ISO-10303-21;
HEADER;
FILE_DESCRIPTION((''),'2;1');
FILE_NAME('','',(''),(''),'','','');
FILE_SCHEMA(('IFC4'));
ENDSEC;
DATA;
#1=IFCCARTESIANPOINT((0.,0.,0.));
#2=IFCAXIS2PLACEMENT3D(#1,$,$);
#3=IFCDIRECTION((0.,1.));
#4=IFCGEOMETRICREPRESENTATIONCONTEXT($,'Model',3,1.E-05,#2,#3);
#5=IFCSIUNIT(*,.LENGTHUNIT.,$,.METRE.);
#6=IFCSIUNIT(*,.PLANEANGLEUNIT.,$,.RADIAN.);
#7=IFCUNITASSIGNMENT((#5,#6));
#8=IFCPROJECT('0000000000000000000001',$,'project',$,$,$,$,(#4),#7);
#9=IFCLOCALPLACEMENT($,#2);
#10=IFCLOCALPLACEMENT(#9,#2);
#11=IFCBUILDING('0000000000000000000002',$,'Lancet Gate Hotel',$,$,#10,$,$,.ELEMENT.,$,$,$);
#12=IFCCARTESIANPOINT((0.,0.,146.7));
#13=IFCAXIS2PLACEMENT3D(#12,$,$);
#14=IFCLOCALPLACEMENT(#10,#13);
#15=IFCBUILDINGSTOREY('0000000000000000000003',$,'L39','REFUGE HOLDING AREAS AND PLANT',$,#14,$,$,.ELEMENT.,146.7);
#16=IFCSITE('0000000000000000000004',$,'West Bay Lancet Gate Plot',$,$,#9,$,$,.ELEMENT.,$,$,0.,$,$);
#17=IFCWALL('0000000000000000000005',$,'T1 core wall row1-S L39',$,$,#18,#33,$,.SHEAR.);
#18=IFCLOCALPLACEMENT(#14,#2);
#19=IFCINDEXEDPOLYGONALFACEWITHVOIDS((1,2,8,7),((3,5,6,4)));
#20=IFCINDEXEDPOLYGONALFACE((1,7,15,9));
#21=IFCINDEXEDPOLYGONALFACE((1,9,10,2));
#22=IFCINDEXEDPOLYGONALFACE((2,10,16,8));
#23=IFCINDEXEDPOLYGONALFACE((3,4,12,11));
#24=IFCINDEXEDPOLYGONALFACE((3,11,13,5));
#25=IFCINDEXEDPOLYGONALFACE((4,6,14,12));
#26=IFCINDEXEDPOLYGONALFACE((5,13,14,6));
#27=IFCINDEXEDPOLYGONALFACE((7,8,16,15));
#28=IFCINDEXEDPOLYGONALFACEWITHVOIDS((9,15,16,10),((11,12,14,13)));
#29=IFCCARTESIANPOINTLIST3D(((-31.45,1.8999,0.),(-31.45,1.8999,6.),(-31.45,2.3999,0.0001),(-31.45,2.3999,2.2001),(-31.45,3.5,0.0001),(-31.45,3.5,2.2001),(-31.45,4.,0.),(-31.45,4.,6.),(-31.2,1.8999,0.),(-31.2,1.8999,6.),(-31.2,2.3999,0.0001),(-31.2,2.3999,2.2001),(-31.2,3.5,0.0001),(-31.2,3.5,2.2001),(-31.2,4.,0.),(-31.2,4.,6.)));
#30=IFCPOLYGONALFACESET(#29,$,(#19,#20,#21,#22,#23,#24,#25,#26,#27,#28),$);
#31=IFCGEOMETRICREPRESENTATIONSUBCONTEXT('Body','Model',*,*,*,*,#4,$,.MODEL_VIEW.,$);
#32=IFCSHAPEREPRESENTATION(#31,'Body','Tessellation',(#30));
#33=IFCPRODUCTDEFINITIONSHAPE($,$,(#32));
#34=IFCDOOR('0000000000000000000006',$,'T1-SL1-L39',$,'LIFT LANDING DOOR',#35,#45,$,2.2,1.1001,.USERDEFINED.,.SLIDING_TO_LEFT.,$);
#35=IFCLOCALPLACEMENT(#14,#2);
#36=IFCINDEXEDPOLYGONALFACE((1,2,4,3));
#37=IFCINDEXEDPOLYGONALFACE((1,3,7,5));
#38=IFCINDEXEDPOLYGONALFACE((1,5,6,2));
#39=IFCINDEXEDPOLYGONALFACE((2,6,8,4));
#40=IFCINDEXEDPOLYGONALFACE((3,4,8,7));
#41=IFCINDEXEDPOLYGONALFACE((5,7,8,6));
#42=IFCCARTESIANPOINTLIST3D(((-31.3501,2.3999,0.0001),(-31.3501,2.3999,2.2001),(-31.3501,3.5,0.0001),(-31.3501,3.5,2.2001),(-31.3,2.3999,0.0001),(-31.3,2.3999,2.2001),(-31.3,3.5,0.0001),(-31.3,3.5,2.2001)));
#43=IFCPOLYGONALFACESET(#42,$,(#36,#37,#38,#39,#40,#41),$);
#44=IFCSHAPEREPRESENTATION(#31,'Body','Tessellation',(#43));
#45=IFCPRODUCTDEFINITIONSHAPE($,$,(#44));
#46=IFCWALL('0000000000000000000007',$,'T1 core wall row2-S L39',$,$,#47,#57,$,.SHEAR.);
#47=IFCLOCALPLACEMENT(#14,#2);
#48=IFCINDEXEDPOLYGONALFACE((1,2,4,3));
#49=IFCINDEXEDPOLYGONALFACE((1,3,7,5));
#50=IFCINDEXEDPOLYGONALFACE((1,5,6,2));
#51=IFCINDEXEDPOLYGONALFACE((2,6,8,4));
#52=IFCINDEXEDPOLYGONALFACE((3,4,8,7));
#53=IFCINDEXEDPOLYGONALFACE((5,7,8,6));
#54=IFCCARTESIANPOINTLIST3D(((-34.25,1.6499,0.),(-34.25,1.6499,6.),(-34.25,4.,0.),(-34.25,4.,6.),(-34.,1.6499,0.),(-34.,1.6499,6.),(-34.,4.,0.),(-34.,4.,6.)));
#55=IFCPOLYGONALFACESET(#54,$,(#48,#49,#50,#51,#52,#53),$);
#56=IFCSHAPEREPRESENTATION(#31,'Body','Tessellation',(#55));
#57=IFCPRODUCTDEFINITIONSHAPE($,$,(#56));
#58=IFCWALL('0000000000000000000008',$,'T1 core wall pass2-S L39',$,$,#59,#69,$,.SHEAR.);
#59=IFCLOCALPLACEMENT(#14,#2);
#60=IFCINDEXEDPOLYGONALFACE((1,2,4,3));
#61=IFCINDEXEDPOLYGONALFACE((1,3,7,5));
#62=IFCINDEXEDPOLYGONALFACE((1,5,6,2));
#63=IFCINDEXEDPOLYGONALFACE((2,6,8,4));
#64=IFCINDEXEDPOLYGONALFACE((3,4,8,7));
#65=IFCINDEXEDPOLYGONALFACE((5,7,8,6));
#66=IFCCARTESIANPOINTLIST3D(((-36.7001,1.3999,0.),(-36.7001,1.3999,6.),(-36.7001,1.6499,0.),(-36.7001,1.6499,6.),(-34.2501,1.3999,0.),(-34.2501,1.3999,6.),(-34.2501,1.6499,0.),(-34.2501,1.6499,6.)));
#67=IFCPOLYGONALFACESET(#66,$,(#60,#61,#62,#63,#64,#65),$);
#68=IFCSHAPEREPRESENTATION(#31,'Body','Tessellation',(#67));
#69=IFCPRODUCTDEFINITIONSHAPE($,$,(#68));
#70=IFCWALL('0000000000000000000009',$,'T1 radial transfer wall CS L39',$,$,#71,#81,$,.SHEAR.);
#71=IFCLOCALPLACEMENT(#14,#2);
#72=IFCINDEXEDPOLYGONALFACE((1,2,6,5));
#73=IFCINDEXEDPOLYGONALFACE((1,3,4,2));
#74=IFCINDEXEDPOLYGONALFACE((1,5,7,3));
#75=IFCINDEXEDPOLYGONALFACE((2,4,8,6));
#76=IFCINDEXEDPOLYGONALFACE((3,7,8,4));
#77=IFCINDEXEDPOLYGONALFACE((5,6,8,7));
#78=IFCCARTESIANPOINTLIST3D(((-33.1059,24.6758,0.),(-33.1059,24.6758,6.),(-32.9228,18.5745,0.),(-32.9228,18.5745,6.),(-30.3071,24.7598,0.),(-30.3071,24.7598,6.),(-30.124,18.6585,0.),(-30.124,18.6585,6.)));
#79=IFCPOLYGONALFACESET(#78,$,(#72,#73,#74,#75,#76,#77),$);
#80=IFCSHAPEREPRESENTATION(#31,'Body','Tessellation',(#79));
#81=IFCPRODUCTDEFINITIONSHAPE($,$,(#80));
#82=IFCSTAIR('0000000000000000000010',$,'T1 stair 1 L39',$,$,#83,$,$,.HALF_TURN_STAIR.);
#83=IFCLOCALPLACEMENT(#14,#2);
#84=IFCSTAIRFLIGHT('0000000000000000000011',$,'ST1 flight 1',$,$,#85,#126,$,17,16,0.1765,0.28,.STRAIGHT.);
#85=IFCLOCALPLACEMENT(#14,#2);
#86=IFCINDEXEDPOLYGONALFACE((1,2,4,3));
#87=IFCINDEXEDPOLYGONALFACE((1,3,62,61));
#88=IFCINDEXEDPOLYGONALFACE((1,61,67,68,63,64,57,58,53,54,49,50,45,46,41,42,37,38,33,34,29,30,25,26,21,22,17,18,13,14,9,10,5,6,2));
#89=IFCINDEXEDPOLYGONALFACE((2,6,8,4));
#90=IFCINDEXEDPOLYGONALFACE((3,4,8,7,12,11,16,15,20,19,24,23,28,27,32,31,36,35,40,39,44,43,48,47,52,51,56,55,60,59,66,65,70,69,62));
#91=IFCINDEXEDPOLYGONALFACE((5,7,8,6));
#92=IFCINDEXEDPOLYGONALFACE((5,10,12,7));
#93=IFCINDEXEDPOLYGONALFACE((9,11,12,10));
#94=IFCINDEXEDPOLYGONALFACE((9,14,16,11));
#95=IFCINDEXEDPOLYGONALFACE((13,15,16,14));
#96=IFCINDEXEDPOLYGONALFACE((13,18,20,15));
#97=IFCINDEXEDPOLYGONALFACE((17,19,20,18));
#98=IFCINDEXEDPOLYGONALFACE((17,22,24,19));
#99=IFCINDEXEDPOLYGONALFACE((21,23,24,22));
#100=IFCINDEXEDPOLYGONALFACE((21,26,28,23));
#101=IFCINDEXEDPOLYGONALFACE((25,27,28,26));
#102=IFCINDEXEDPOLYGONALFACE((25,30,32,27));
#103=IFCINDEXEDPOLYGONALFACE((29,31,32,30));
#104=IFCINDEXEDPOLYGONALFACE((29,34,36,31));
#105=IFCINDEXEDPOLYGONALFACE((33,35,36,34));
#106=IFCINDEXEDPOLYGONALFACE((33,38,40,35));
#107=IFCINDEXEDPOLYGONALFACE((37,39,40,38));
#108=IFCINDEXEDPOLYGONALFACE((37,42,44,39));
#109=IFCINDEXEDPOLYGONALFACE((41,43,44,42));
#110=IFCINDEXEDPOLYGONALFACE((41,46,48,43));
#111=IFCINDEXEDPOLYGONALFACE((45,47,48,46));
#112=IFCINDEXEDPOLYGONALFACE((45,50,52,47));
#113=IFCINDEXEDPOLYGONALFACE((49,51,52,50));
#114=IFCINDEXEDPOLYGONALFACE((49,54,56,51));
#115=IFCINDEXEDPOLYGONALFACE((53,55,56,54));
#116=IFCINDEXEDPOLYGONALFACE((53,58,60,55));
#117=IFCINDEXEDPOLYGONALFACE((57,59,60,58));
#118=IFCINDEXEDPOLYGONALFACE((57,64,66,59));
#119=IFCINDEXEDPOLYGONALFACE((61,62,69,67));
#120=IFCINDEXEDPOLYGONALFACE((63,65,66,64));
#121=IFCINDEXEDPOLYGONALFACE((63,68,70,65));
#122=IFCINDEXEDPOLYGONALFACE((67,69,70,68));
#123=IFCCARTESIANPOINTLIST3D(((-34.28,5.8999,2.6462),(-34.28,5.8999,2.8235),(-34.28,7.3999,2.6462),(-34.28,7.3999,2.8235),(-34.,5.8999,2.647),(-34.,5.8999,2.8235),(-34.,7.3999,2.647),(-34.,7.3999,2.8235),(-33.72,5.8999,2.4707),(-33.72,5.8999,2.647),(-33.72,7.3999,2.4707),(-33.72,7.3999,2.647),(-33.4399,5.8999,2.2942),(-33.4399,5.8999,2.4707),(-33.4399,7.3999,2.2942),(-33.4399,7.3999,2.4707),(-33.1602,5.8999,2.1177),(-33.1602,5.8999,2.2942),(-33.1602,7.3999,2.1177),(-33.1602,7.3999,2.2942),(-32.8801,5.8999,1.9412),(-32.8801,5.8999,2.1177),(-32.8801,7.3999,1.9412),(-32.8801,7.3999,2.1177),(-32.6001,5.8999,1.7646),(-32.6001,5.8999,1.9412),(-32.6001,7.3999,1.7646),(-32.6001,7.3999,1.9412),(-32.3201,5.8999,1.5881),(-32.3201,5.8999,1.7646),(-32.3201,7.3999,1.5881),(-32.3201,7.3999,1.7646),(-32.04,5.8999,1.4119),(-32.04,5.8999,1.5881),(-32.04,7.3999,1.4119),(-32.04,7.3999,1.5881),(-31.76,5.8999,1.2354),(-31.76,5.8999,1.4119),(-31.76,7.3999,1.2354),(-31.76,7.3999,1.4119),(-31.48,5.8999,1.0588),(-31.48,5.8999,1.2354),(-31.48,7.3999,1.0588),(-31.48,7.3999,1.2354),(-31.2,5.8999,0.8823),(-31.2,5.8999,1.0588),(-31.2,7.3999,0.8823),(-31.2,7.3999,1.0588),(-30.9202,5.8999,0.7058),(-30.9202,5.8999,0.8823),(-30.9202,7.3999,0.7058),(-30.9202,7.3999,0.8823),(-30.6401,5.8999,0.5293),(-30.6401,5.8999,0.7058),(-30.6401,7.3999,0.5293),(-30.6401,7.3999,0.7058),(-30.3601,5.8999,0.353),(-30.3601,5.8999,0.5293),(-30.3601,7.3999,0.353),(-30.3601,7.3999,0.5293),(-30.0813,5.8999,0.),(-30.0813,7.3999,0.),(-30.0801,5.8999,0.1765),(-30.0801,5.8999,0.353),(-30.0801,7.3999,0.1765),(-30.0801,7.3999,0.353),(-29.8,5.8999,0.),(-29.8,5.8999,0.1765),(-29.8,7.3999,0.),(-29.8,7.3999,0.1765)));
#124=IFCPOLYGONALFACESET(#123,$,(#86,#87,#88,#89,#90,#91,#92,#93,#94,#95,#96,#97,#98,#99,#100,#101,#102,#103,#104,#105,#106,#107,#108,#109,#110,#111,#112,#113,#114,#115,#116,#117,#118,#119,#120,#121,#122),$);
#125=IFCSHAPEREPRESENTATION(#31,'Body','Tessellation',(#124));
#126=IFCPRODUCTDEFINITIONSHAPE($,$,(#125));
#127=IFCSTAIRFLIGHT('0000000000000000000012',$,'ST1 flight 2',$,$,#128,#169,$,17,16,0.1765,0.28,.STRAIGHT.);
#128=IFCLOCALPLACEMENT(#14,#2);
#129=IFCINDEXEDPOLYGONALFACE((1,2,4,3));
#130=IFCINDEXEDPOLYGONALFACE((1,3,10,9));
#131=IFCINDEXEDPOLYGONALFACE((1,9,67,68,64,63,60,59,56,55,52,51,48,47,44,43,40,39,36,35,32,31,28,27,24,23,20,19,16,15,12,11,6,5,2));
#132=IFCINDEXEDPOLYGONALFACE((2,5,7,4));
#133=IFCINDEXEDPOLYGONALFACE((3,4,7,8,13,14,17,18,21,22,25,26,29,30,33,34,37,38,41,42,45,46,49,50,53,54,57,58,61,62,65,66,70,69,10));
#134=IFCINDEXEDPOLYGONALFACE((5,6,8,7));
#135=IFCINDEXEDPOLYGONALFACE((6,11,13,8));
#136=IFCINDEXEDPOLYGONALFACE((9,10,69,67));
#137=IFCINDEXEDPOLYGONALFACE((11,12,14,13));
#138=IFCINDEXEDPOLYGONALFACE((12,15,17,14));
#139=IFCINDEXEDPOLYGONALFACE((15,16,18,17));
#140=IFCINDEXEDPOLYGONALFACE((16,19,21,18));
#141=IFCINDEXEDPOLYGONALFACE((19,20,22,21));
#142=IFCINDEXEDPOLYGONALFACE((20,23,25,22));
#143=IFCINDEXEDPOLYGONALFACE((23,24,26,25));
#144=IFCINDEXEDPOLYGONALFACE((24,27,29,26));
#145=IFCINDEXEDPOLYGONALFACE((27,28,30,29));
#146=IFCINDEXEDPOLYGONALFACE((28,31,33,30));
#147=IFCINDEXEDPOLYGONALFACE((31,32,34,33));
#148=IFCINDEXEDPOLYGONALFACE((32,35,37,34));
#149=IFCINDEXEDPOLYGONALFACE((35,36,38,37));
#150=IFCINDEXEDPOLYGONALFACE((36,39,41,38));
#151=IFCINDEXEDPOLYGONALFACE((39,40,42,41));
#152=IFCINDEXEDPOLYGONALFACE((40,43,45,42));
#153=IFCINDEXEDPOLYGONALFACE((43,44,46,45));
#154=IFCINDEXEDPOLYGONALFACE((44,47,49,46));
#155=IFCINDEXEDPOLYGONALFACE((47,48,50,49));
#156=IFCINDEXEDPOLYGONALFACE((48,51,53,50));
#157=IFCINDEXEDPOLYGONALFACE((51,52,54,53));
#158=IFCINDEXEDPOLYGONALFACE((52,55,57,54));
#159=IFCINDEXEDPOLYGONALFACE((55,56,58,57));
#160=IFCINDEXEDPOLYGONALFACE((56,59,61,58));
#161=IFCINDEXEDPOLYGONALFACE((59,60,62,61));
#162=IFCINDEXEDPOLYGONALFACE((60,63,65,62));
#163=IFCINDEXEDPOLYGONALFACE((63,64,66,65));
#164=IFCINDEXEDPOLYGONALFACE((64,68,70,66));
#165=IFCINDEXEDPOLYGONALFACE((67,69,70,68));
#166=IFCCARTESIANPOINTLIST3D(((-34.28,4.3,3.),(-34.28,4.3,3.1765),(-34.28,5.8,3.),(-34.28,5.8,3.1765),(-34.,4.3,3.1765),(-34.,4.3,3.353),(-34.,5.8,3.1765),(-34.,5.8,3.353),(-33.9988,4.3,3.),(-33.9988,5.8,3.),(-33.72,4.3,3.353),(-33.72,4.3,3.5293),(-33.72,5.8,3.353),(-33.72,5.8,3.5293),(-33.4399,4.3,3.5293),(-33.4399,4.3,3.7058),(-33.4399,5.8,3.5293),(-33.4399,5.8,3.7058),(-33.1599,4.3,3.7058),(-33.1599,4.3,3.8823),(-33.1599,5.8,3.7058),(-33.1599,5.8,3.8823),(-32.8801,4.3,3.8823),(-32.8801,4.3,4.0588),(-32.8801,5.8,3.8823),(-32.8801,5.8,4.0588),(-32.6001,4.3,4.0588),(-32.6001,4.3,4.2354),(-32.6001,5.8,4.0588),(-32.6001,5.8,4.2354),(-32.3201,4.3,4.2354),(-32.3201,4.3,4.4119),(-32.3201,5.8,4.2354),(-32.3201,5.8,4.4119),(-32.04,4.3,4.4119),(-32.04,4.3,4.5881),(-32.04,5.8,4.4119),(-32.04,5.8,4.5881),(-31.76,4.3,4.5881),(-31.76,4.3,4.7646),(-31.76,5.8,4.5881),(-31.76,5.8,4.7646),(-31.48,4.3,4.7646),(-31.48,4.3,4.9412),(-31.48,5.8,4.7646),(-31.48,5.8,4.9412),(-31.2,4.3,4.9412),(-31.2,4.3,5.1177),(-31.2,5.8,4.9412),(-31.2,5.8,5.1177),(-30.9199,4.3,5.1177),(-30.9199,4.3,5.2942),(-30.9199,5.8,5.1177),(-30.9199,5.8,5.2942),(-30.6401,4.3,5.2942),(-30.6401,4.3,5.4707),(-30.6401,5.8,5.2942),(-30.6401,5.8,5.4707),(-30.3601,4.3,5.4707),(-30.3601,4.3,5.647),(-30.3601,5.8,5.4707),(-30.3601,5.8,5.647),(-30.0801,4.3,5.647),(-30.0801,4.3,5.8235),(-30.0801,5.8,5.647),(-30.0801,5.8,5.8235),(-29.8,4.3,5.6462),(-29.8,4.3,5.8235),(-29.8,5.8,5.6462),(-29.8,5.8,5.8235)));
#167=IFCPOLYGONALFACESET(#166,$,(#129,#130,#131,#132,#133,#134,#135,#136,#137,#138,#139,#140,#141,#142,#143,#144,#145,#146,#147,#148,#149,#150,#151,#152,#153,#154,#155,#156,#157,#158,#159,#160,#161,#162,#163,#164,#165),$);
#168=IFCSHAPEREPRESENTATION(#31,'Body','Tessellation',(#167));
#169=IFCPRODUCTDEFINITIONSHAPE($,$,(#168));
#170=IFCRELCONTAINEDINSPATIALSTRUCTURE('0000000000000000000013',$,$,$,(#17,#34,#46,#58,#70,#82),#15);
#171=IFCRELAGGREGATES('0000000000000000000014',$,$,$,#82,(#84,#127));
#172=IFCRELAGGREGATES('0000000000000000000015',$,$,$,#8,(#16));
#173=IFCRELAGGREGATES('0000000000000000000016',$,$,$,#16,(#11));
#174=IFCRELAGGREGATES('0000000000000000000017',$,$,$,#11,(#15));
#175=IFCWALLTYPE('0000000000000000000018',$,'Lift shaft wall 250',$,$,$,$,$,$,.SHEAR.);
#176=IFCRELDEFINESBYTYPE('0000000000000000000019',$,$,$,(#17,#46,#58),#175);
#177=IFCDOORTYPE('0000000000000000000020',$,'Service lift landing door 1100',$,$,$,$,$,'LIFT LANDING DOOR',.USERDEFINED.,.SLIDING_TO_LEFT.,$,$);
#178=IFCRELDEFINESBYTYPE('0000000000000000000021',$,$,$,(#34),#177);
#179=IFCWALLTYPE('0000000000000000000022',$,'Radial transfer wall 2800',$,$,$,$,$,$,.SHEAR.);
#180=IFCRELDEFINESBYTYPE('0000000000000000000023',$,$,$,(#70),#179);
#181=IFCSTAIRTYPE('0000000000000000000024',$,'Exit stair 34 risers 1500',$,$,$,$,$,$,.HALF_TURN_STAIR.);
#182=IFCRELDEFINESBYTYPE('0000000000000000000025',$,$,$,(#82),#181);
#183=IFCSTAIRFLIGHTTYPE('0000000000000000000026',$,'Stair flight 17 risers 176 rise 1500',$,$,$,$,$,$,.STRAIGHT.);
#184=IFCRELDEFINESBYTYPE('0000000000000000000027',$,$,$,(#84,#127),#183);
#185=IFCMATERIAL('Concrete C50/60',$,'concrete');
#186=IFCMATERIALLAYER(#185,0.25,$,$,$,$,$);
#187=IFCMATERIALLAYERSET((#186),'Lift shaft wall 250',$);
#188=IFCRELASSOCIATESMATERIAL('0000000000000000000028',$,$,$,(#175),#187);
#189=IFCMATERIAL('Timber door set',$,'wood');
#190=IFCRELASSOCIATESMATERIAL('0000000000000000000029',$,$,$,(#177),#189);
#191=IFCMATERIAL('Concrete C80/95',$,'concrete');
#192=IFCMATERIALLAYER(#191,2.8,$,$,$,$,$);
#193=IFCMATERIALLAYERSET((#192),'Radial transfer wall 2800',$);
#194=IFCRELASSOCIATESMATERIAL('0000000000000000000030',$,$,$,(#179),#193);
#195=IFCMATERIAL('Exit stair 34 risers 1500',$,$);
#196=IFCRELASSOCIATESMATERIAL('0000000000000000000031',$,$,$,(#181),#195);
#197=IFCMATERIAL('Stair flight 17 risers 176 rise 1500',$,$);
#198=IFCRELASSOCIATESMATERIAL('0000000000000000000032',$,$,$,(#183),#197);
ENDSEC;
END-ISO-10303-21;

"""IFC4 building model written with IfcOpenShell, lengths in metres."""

from ifc_helpers import new_model, si_unit, direction, frame, frame_2d, origin, place, context, subcontext, project, spatial, polyline, rectangle, outline, extrude, material, layer, layer_set, type_object, element, fill, aggregate, save


model = new_model("IFC4")

# Units and contexts
model_context = context("Model", 3, precision=1e-05, world=origin(), true_north=direction((0.0, 1.0)))
body_context = subcontext(model_context, "Body", "Model", "MODEL_VIEW")
ifc_project = project(units=[si_unit("LENGTHUNIT", "METRE"), si_unit("PLANEANGLEUNIT", "RADIAN")], contexts=[model_context])

# Site, building, storey
site_placement = place(None, origin())
site = spatial("IfcSite", under=ifc_project, at=site_placement, Name="West Bay Lancet Gate Plot", CompositionType="ELEMENT", RefElevation=0.0)
building_placement = place(site_placement, origin())
building = spatial("IfcBuilding", under=site, at=building_placement, Name="Lancet Gate Hotel", CompositionType="ELEMENT")
storey_placement = place(building_placement, frame((0.0, 0.0, 146.7)))
storey = spatial("IfcBuildingStorey", under=building, at=storey_placement, Name="L39", Description="REFUGE HOLDING AREAS AND PLANT", CompositionType="ELEMENT", Elevation=146.7)

# Wall, opening, door
ifc_material_1 = material(Name="Concrete C50/60", Category="concrete")
ifc_layer_1 = layer(ifc_material_1, 0.25)
ifc_layer_set_1 = layer_set([ifc_layer_1], Name="Lift shaft wall 250")
wall_type_1 = type_object("IfcWallType", Name="Lift shaft wall 250", PredefinedType="SHEAR", material=ifc_layer_set_1)
wall_1_placement = place(storey_placement, frame((-31.325, 4.0, 0.0), z_axis=(0.0, 0.0, 1.0), x_axis=(0.0, -1.0, 0.0)))
wall_1 = element("IfcWall", 1, at=wall_1_placement, inside=storey, type_object=wall_type_1, Name="T1 core wall row1-S L39", PredefinedType="SHEAR", context=body_context, shape_type="SweptSolid", body=[
    extrude(rectangle(XDim=2.1001, YDim=0.25, at=frame_2d((1.05, 0.0))), origin(), (0.0, 0.0, 1.0), 6.0),
])
opening_1_placement = place(wall_1_placement, frame((0.5, 0.0, 0.0)))
opening_1 = element("IfcOpeningElement", 2, at=opening_1_placement, cuts=wall_1, PredefinedType="OPENING", context=body_context, shape_type="SweptSolid", body=[
    extrude(rectangle(XDim=1.1001, YDim=2.2, at=frame_2d((0.55, 1.1001))), frame((0.0, 0.135, 0.0), z_axis=(0.0, -1.0, 0.0), x_axis=(1.0, 0.0, 0.0)), (0.0, 0.0, 1.0), 0.27),
])
ifc_material_2 = material(Name="Timber door set", Category="wood")
door_type_1 = type_object("IfcDoorType", Name="Service lift landing door 1100", ElementType="LIFT LANDING DOOR", OperationType="SLIDING_TO_LEFT", PredefinedType="USERDEFINED", material=ifc_material_2)
door_1_placement = place(opening_1_placement, origin())
door_1 = element("IfcDoor", 3, at=door_1_placement, inside=storey, type_object=door_type_1, Name="T1-SL1-L39", ObjectType="LIFT LANDING DOOR", OperationType="SLIDING_TO_LEFT", OverallHeight=2.2, OverallWidth=1.1001, PredefinedType="USERDEFINED", context=body_context, shape_type="SweptSolid", body=[
    extrude(rectangle(XDim=1.1001, YDim=2.2, at=frame_2d((0.55, 1.1001))), frame((0.0, 0.0249, 0.0), z_axis=(0.0, -1.0, 0.0), x_axis=(1.0, 0.0, 0.0)), (0.0, 0.0, 1.0), 0.05),
])
fill(opening_1, door_1)

# Walls
wall_2_placement = place(storey_placement, frame((-34.125, 4.0, 0.0), z_axis=(0.0, 0.0, 1.0), x_axis=(0.0, -1.0, 0.0)))
element("IfcWall", 4, at=wall_2_placement, inside=storey, type_object=wall_type_1, Name="T1 core wall row2-S L39", PredefinedType="SHEAR", context=body_context, shape_type="SweptSolid", body=[
    extrude(rectangle(XDim=2.3501, YDim=0.25, at=frame_2d((1.175, 0.0))), origin(), (0.0, 0.0, 1.0), 6.0),
])
wall_3_placement = place(storey_placement, frame((-34.25, 1.5249, 0.0), z_axis=(0.0, 0.0, 1.0), x_axis=(-1.0, 0.0, 0.0)))
element("IfcWall", 5, at=wall_3_placement, inside=storey, type_object=wall_type_1, Name="T1 core wall pass2-S L39", PredefinedType="SHEAR", context=body_context, shape_type="SweptSolid", body=[
    extrude(rectangle(XDim=2.45, YDim=0.25, at=frame_2d((1.2251, 0.0))), origin(), (0.0, 0.0, 1.0), 6.0),
])
ifc_material_3 = material(Name="Concrete C80/95", Category="concrete")
ifc_layer_2 = layer(ifc_material_3, 2.8)
ifc_layer_set_2 = layer_set([ifc_layer_2], Name="Radial transfer wall 2800")
wall_type_2 = type_object("IfcWallType", Name="Radial transfer wall 2800", PredefinedType="SHEAR", material=ifc_layer_set_2)
wall_4_placement = place(storey_placement, frame((-31.7065, 24.7178, 0.0), z_axis=(0.0, 0.0, 1.0), x_axis=(0.029997, -0.99955, 0.0)))
element("IfcWall", 6, at=wall_4_placement, inside=storey, type_object=wall_type_2, Name="T1 radial transfer wall CS L39", PredefinedType="SHEAR", context=body_context, shape_type="SweptSolid", body=[
    extrude(rectangle(XDim=6.104, YDim=2.8, at=frame_2d((3.052, 0.0))), origin(), (0.0, 0.0, 1.0), 6.0),
])

# Stair, stair flights
ifc_material_4 = material(Name="Exit stair 34 risers 1500")
stair_type = type_object("IfcStairType", Name="Exit stair 34 risers 1500", PredefinedType="HALF_TURN_STAIR", material=ifc_material_4)
stair_placement = place(storey_placement, origin())
stair = element("IfcStair", 7, at=stair_placement, inside=storey, type_object=stair_type, Name="T1 stair 1 L39", PredefinedType="HALF_TURN_STAIR")
ifc_material_5 = material(Name="Stair flight 17 risers 176 rise 1500")
stair_flight_type = type_object("IfcStairFlightType", Name="Stair flight 17 risers 176 rise 1500", PredefinedType="STRAIGHT", material=ifc_material_5)
stair_flight_1_placement = place(storey_placement, frame((-29.8, 6.6499, 0.0), z_axis=(0.0, 0.0, 1.0), x_axis=(-1.0, 0.0, 0.0)))
stair_flight_1 = element("IfcStairFlight", 8, at=stair_flight_1_placement, type_object=stair_flight_type, Name="ST1 flight 1", NumberOfRisers=17, NumberOfTreads=16, PredefinedType="STRAIGHT", RiserHeight=0.1765, TreadLength=0.28, context=body_context, shape_type="SweptSolid", body=[
    extrude(outline(polyline([(0.0, 0.0), (0.0, 0.1765), (0.28, 0.1765), (0.28, 0.353), (0.5601, 0.353), (0.5601, 0.5293), (0.8401, 0.5293), (0.8401, 0.7058), (1.1201, 0.7058), (1.1201, 0.8823), (1.3999, 0.8823), (1.3999, 1.0588), (1.6799, 1.0588), (1.6799, 1.2354), (1.96, 1.2354), (1.96, 1.4119), (2.24, 1.4119), (2.24, 1.5881), (2.52, 1.5881), (2.52, 1.7646), (2.8, 1.7646), (2.8, 1.9412), (3.0801, 1.9412), (3.0801, 2.1177), (3.3601, 2.1177), (3.3601, 2.2942), (3.6399, 2.2942), (3.6399, 2.4707), (3.9199, 2.4707), (3.9199, 2.647), (4.2, 2.647), (4.2, 2.8235), (4.48, 2.8235), (4.48, 3.0), (4.48, 2.6462), (0.2812, 0.0), (0.0, 0.0)])), frame((0.0, 0.75, 0.0), z_axis=(0.0, -1.0, 0.0), x_axis=(1.0, 0.0, 0.0)), (0.0, 0.0, 1.0), 1.5),
])
stair_flight_2_placement = place(storey_placement, frame((-34.28, 5.05, 3.0), z_axis=(0.0, 0.0, 1.0), x_axis=(1.0, 0.0, 0.0)))
stair_flight_2 = element("IfcStairFlight", 9, at=stair_flight_2_placement, type_object=stair_flight_type, Name="ST1 flight 2", NumberOfRisers=17, NumberOfTreads=16, PredefinedType="STRAIGHT", RiserHeight=0.1765, TreadLength=0.28, context=body_context, shape_type="SweptSolid", body=[
    extrude(outline(polyline([(0.0, 0.0), (0.0, 0.1765), (0.28, 0.1765), (0.28, 0.353), (0.5601, 0.353), (0.5601, 0.5293), (0.8401, 0.5293), (0.8401, 0.7058), (1.1201, 0.7058), (1.1201, 0.8823), (1.3999, 0.8823), (1.3999, 1.0588), (1.6799, 1.0588), (1.6799, 1.2354), (1.96, 1.2354), (1.96, 1.4119), (2.24, 1.4119), (2.24, 1.5881), (2.52, 1.5881), (2.52, 1.7646), (2.8, 1.7646), (2.8, 1.9412), (3.0801, 1.9412), (3.0801, 2.1177), (3.3601, 2.1177), (3.3601, 2.2942), (3.6399, 2.2942), (3.6399, 2.4707), (3.9199, 2.4707), (3.9199, 2.647), (4.2, 2.647), (4.2, 2.8235), (4.48, 2.8235), (4.48, 3.0), (4.48, 2.6462), (0.2812, 0.0), (0.0, 0.0)])), frame((0.0, 0.75, 0.0), z_axis=(0.0, -1.0, 0.0), x_axis=(1.0, 0.0, 0.0)), (0.0, 0.0, 1.0), 1.5),
])
aggregate(stair, [stair_flight_1, stair_flight_2])

save(model, "model.ifc")
